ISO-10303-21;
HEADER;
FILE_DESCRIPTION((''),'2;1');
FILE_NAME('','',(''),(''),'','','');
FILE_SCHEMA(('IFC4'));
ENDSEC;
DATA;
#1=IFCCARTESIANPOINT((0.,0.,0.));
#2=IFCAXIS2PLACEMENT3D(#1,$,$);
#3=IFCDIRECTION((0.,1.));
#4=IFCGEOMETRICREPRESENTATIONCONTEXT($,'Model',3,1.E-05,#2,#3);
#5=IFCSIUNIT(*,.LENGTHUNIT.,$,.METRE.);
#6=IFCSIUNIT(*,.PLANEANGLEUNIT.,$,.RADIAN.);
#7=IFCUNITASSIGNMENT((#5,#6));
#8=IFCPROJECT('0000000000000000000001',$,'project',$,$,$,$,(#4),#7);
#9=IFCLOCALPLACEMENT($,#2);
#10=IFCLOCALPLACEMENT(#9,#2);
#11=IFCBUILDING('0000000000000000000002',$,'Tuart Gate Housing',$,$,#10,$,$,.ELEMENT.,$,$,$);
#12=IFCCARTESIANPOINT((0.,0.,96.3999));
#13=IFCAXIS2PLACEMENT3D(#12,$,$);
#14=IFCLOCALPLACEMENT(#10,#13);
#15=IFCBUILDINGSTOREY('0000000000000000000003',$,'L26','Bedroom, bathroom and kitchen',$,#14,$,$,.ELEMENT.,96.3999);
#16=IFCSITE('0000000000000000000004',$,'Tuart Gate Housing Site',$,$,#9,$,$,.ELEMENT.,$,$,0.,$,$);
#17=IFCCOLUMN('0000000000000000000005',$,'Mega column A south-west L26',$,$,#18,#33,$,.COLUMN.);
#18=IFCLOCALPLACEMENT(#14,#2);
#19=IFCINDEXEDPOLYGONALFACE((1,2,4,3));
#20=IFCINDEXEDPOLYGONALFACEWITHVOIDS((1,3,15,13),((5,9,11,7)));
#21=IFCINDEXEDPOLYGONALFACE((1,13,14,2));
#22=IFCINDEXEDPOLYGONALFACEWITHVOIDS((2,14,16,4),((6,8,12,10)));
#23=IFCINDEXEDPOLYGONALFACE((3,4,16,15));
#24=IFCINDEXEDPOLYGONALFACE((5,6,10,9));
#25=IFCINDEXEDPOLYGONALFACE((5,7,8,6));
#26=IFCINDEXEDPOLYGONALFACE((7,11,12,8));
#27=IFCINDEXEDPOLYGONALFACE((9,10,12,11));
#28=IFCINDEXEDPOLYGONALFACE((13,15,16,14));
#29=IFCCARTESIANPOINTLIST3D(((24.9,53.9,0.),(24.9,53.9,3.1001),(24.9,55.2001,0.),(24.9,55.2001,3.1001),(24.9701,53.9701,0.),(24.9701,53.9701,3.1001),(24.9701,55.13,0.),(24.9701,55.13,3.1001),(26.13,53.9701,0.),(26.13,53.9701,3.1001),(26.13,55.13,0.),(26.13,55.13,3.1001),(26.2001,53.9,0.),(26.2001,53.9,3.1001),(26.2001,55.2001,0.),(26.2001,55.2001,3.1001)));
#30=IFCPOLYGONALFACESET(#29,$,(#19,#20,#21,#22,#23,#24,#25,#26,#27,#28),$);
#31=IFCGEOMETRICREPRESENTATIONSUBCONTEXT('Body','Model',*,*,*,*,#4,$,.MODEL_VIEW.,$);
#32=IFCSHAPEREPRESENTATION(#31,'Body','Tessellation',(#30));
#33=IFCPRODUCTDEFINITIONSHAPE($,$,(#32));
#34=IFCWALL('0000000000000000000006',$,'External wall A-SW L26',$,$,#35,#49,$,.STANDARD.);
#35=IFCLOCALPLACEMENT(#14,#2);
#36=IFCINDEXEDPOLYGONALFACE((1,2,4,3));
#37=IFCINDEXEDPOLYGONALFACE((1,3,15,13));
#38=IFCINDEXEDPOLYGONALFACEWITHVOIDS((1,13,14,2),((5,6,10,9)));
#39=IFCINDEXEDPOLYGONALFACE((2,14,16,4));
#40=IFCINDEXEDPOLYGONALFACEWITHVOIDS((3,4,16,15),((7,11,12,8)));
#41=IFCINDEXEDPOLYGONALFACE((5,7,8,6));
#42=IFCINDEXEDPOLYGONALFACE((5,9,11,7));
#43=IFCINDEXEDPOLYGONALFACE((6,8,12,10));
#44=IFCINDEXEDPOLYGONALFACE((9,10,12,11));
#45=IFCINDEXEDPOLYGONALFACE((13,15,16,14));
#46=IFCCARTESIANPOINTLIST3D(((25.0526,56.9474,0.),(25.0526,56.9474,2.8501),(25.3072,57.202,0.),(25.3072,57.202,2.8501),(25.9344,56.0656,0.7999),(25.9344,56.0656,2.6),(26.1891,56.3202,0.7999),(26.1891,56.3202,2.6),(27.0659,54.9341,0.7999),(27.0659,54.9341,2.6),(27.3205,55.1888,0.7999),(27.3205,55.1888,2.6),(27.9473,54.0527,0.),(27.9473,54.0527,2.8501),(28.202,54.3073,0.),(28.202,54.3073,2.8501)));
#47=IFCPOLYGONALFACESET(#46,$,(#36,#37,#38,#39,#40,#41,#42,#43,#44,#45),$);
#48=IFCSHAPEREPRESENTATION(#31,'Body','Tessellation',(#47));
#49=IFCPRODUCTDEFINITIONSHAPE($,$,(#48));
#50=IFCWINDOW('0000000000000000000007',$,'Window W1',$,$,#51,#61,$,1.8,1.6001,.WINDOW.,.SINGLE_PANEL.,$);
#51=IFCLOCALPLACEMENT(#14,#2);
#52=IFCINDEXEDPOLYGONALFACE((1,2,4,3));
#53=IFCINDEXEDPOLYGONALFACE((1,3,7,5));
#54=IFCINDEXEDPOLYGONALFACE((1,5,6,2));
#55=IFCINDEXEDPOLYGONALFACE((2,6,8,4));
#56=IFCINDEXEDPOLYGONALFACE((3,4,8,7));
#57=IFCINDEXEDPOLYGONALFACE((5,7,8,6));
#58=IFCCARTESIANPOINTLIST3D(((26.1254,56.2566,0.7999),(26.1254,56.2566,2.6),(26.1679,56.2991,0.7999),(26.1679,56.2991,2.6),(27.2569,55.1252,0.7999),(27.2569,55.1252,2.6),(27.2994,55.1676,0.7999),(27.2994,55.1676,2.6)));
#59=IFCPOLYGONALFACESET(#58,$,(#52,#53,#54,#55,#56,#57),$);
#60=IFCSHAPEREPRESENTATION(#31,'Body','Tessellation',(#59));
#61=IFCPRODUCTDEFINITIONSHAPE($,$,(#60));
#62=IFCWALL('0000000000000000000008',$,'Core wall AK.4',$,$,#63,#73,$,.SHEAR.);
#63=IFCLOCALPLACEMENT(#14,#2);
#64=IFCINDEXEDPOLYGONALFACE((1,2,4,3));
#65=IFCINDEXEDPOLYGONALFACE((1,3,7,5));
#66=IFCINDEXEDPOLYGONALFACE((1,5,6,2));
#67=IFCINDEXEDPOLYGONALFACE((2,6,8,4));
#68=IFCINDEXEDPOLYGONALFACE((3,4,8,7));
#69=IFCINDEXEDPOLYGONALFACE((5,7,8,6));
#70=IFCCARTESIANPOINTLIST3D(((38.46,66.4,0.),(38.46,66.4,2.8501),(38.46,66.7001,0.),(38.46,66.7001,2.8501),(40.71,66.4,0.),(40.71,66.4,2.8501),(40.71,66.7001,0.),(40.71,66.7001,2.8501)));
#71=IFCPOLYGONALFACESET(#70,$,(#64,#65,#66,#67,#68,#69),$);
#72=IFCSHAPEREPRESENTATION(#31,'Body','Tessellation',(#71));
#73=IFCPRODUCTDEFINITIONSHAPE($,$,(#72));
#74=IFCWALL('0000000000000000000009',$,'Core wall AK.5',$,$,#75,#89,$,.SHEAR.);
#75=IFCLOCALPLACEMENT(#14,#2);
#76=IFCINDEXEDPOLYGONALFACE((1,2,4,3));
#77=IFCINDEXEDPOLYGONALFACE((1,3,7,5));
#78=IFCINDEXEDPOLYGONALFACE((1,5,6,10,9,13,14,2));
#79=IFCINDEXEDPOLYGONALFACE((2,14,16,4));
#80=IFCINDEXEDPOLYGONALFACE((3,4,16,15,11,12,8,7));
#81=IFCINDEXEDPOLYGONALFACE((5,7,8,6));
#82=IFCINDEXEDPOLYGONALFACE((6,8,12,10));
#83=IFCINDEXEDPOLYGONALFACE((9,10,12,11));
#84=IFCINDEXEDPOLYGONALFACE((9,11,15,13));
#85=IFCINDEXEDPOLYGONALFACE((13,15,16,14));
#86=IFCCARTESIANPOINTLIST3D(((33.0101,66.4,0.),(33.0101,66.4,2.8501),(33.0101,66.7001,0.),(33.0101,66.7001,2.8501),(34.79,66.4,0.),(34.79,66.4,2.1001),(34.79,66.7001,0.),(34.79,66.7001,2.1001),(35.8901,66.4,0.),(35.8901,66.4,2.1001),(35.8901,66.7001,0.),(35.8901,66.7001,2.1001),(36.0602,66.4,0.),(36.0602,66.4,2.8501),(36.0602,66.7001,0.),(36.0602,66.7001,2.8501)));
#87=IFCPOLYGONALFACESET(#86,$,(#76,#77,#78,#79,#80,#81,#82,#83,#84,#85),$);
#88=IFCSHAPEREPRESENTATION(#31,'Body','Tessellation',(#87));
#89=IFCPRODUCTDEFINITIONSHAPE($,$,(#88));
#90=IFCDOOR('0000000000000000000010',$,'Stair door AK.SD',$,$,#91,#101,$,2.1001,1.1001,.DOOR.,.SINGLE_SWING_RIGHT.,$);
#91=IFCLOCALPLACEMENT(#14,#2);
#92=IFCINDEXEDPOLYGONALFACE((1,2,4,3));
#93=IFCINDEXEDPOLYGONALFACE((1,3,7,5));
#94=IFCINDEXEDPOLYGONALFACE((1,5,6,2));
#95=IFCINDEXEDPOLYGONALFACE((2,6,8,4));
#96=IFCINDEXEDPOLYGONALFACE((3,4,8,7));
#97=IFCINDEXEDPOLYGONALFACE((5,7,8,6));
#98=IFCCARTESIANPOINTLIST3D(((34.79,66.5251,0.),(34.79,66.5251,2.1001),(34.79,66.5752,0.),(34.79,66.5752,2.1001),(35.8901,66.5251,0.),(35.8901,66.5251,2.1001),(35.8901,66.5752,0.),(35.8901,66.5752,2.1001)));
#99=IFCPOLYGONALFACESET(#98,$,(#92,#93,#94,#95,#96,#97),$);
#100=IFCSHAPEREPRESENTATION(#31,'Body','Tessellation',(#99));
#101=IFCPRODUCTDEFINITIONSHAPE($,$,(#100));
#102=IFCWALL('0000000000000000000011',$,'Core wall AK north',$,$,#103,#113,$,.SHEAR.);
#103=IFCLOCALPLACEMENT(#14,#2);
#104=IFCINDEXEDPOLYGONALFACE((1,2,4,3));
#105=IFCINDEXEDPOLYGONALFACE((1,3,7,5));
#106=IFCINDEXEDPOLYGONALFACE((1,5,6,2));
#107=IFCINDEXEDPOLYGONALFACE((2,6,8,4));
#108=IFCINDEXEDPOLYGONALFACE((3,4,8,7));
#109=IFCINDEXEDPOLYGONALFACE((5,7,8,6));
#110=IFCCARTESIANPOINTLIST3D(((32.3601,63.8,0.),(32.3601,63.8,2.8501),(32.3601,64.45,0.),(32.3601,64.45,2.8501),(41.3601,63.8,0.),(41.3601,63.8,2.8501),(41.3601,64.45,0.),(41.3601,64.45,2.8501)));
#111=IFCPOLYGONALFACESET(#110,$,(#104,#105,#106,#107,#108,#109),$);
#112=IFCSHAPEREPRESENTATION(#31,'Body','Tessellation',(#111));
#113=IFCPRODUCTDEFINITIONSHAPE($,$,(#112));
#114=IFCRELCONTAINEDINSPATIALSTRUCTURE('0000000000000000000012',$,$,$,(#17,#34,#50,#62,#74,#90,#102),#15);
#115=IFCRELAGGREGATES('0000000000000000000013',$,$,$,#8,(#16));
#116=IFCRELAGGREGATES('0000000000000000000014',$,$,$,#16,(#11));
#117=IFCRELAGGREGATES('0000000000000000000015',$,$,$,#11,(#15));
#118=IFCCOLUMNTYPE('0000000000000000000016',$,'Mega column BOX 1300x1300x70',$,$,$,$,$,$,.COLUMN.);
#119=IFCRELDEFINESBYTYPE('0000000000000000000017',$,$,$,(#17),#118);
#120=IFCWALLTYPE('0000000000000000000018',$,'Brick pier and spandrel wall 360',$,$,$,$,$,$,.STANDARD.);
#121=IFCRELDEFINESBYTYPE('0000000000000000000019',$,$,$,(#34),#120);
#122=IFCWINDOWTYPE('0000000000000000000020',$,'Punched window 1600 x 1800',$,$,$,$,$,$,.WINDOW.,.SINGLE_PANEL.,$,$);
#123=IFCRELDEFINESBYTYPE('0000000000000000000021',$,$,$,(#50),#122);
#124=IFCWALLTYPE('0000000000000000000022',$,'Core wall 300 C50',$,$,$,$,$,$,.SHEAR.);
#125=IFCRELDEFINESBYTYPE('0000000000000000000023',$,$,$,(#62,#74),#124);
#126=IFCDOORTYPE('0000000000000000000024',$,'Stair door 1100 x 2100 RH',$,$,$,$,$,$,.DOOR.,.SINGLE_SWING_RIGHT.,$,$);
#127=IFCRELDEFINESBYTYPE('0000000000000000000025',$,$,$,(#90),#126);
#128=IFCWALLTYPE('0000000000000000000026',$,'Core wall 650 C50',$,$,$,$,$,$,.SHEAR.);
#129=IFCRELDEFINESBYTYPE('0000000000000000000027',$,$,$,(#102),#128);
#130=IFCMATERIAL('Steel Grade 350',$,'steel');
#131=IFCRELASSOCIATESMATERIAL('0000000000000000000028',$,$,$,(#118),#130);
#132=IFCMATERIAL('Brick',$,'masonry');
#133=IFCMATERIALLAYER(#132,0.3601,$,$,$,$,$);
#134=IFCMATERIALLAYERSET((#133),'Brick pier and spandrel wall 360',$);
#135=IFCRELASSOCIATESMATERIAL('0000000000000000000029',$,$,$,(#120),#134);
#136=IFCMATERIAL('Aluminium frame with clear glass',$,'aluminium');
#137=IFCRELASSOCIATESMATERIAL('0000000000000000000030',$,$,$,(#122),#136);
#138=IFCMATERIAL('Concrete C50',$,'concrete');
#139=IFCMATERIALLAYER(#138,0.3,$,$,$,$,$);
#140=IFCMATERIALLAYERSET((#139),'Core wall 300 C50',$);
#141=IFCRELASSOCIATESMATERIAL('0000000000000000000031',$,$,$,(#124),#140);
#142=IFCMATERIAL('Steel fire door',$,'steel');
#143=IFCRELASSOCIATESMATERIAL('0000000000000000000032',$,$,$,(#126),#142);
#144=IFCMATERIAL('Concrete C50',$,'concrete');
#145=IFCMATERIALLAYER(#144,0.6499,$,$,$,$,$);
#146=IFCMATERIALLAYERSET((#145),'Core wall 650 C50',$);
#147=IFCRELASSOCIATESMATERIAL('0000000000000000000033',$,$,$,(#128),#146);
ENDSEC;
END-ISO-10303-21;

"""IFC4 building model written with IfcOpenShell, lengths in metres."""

from ifc_helpers import new_model, si_unit, direction, frame, frame_2d, origin, origin_2d, place, context, subcontext, project, spatial, rectangle, hollow_rectangle, extrude, material, layer, layer_set, material_profile, profile_set, type_object, element, fill, save


model = new_model("IFC4")

# Units and contexts
model_context = context("Model", 3, precision=1e-05, world=origin(), true_north=direction((0.0, 1.0)))
body_context = subcontext(model_context, "Body", "Model", "MODEL_VIEW")
ifc_project = project(units=[si_unit("LENGTHUNIT", "METRE"), si_unit("PLANEANGLEUNIT", "RADIAN")], contexts=[model_context])

# Site, building, storey
site_placement = place(None, origin())
site = spatial("IfcSite", under=ifc_project, at=site_placement, Name="Tuart Gate Housing Site", CompositionType="ELEMENT", RefElevation=0.0)
building_placement = place(site_placement, origin())
building = spatial("IfcBuilding", under=site, at=building_placement, Name="Tuart Gate Housing", CompositionType="ELEMENT")
storey_placement = place(building_placement, frame((0.0, 0.0, 96.3999)))
storey = spatial("IfcBuildingStorey", under=building, at=storey_placement, Name="L26", Description="Bedroom, bathroom and kitchen", CompositionType="ELEMENT", Elevation=96.3999)

# Column
ifc_material_1 = material(Name="Steel Grade 350", Category="steel")
ifc_material_profile = material_profile(ifc_material_1, hollow_rectangle(XDim=1.3, YDim=1.3, WallThickness=0.0701, at=origin_2d()), Name="BOX 1300x1300x70")
ifc_profile_set = profile_set([ifc_material_profile], Name="Steel Grade 350")
column_type = type_object("IfcColumnType", Name="Mega column BOX 1300x1300x70", PredefinedType="COLUMN", material=ifc_profile_set)
column_placement = place(storey_placement, frame((25.55, 54.55, 0.0), z_axis=(0.0, 0.0, 1.0), x_axis=(1.0, 0.0, 0.0)))
element("IfcColumn", 1, at=column_placement, inside=storey, type_object=column_type, Name="Mega column A south-west L26", PredefinedType="COLUMN", context=body_context, shape_type="SweptSolid", body=[
    extrude(hollow_rectangle(XDim=1.3, YDim=1.3, WallThickness=0.0701, at=origin_2d()), origin(), (0.0, 0.0, 1.0), 3.1001),
])

# Wall, opening, window
ifc_material_2 = material(Name="Brick", Category="masonry")
ifc_layer_1 = layer(ifc_material_2, 0.3601)
ifc_layer_set_1 = layer_set([ifc_layer_1], Name="Brick pier and spandrel wall 360")
wall_type_1 = type_object("IfcWallType", Name="Brick pier and spandrel wall 360", PredefinedType="STANDARD", material=ifc_layer_set_1)
wall_1_placement = place(storey_placement, frame((25.1799, 57.0747, 0.0), z_axis=(0.0, 0.0, 1.0), x_axis=(0.707107, -0.707107, 0.0)))
wall_1 = element("IfcWall", 2, at=wall_1_placement, inside=storey, type_object=wall_type_1, Name="External wall A-SW L26", PredefinedType="STANDARD", context=body_context, shape_type="SweptSolid", body=[
    extrude(rectangle(XDim=4.0938, YDim=0.3601, at=frame_2d((2.0469, 0.0))), origin(), (0.0, 0.0, 1.0), 2.8501),
])
opening_1_placement = place(wall_1_placement, frame((1.2471, 0.0, 0.8)))
opening_1 = element("IfcOpeningElement", 3, at=opening_1_placement, cuts=wall_1, PredefinedType="OPENING", context=body_context, shape_type="SweptSolid", body=[
    extrude(rectangle(XDim=1.6001, YDim=1.8, at=frame_2d((0.8, 0.8999))), frame((0.0, 0.1899, 0.0), z_axis=(0.0, -1.0, 0.0), x_axis=(1.0, 0.0, 0.0)), (0.0, 0.0, 1.0), 0.3801),
])
ifc_material_3 = material(Name="Aluminium frame with clear glass", Category="aluminium")
window_type = type_object("IfcWindowType", Name="Punched window 1600 x 1800", PartitioningType="SINGLE_PANEL", PredefinedType="WINDOW", material=ifc_material_3)
window_placement = place(opening_1_placement, origin())
window = element("IfcWindow", 4, at=window_placement, inside=storey, type_object=window_type, Name="Window W1", OverallHeight=1.8, OverallWidth=1.6001, PartitioningType="SINGLE_PANEL", PredefinedType="WINDOW", context=body_context, shape_type="SweptSolid", body=[
    extrude(rectangle(XDim=1.6001, YDim=1.8, at=frame_2d((0.8, 0.8999))), frame((0.0, 0.1501, 0.0), z_axis=(0.0, -1.0, 0.0), x_axis=(1.0, 0.0, 0.0)), (0.0, 0.0, 1.0), 0.0601),
])
fill(opening_1, window)

# Wall
ifc_material_4 = material(Name="Concrete C50", Category="concrete")
ifc_layer_2 = layer(ifc_material_4, 0.3)
ifc_layer_set_2 = layer_set([ifc_layer_2], Name="Core wall 300 C50")
wall_type_2 = type_object("IfcWallType", Name="Core wall 300 C50", PredefinedType="SHEAR", material=ifc_layer_set_2)
wall_2_placement = place(storey_placement, frame((40.71, 66.55, 0.0), z_axis=(0.0, 0.0, 1.0), x_axis=(-1.0, 0.0, 0.0)))
element("IfcWall", 5, at=wall_2_placement, inside=storey, type_object=wall_type_2, Name="Core wall AK.4", PredefinedType="SHEAR", context=body_context, shape_type="SweptSolid", body=[
    extrude(rectangle(XDim=2.25, YDim=0.3, at=frame_2d((1.125, 0.0))), origin(), (0.0, 0.0, 1.0), 2.8501),
])

# Wall, opening, door
wall_3_placement = place(storey_placement, frame((36.0601, 66.55, 0.0), z_axis=(0.0, 0.0, 1.0), x_axis=(-1.0, 0.0, 0.0)))
wall_3 = element("IfcWall", 6, at=wall_3_placement, inside=storey, type_object=wall_type_2, Name="Core wall AK.5", PredefinedType="SHEAR", context=body_context, shape_type="SweptSolid", body=[
    extrude(rectangle(XDim=3.05, YDim=0.3, at=frame_2d((1.5249, 0.0))), origin(), (0.0, 0.0, 1.0), 2.8501),
])
opening_2_placement = place(wall_3_placement, frame((0.1699, 0.0, 0.0)))
opening_2 = element("IfcOpeningElement", 7, at=opening_2_placement, cuts=wall_3, PredefinedType="OPENING", context=body_context, shape_type="SweptSolid", body=[
    extrude(rectangle(XDim=1.1001, YDim=2.1001, at=frame_2d((0.55, 1.05))), frame((0.0, 0.1599, 0.0), z_axis=(0.0, -1.0, 0.0), x_axis=(1.0, 0.0, 0.0)), (0.0, 0.0, 1.0), 0.3201),
])
ifc_material_5 = material(Name="Steel fire door", Category="steel")
door_type_1 = type_object("IfcDoorType", Name="Stair door 1100 x 2100 RH", OperationType="SINGLE_SWING_RIGHT", PredefinedType="DOOR", material=ifc_material_5)
door_1_placement = place(opening_2_placement, frame((1.1001, 0.0, 0.0), z_axis=(0.0, 0.0, 1.0), x_axis=(-1.0, 0.0, 0.0)))
door_1 = element("IfcDoor", 8, at=door_1_placement, inside=storey, type_object=door_type_1, Name="Stair door AK.SD", OperationType="SINGLE_SWING_RIGHT", OverallHeight=2.1001, OverallWidth=1.1001, PredefinedType="DOOR", context=body_context, shape_type="SweptSolid", body=[
    extrude(rectangle(XDim=1.1001, YDim=2.1001, at=frame_2d((0.55, 1.05))), frame((0.0, 0.0251, 0.0), z_axis=(0.0, -1.0, 0.0), x_axis=(1.0, 0.0, 0.0)), (0.0, 0.0, 1.0), 0.05),
])
fill(opening_2, door_1)

# Wall
ifc_material_6 = material(Name="Concrete C50", Category="concrete")
ifc_layer_3 = layer(ifc_material_6, 0.6499)
ifc_layer_set_3 = layer_set([ifc_layer_3], Name="Core wall 650 C50")
wall_type_3 = type_object("IfcWallType", Name="Core wall 650 C50", PredefinedType="SHEAR", material=ifc_layer_set_3)
wall_4_placement = place(storey_placement, frame((41.3601, 64.125, 0.0), z_axis=(0.0, 0.0, 1.0), x_axis=(-1.0, 0.0, 0.0)))
element("IfcWall", 9, at=wall_4_placement, inside=storey, type_object=wall_type_3, Name="Core wall AK north", PredefinedType="SHEAR", context=body_context, shape_type="SweptSolid", body=[
    extrude(rectangle(XDim=9.0, YDim=0.6499, at=frame_2d((4.5, 0.0))), origin(), (0.0, 0.0, 1.0), 2.8501),
])

save(model, "model.ifc")
